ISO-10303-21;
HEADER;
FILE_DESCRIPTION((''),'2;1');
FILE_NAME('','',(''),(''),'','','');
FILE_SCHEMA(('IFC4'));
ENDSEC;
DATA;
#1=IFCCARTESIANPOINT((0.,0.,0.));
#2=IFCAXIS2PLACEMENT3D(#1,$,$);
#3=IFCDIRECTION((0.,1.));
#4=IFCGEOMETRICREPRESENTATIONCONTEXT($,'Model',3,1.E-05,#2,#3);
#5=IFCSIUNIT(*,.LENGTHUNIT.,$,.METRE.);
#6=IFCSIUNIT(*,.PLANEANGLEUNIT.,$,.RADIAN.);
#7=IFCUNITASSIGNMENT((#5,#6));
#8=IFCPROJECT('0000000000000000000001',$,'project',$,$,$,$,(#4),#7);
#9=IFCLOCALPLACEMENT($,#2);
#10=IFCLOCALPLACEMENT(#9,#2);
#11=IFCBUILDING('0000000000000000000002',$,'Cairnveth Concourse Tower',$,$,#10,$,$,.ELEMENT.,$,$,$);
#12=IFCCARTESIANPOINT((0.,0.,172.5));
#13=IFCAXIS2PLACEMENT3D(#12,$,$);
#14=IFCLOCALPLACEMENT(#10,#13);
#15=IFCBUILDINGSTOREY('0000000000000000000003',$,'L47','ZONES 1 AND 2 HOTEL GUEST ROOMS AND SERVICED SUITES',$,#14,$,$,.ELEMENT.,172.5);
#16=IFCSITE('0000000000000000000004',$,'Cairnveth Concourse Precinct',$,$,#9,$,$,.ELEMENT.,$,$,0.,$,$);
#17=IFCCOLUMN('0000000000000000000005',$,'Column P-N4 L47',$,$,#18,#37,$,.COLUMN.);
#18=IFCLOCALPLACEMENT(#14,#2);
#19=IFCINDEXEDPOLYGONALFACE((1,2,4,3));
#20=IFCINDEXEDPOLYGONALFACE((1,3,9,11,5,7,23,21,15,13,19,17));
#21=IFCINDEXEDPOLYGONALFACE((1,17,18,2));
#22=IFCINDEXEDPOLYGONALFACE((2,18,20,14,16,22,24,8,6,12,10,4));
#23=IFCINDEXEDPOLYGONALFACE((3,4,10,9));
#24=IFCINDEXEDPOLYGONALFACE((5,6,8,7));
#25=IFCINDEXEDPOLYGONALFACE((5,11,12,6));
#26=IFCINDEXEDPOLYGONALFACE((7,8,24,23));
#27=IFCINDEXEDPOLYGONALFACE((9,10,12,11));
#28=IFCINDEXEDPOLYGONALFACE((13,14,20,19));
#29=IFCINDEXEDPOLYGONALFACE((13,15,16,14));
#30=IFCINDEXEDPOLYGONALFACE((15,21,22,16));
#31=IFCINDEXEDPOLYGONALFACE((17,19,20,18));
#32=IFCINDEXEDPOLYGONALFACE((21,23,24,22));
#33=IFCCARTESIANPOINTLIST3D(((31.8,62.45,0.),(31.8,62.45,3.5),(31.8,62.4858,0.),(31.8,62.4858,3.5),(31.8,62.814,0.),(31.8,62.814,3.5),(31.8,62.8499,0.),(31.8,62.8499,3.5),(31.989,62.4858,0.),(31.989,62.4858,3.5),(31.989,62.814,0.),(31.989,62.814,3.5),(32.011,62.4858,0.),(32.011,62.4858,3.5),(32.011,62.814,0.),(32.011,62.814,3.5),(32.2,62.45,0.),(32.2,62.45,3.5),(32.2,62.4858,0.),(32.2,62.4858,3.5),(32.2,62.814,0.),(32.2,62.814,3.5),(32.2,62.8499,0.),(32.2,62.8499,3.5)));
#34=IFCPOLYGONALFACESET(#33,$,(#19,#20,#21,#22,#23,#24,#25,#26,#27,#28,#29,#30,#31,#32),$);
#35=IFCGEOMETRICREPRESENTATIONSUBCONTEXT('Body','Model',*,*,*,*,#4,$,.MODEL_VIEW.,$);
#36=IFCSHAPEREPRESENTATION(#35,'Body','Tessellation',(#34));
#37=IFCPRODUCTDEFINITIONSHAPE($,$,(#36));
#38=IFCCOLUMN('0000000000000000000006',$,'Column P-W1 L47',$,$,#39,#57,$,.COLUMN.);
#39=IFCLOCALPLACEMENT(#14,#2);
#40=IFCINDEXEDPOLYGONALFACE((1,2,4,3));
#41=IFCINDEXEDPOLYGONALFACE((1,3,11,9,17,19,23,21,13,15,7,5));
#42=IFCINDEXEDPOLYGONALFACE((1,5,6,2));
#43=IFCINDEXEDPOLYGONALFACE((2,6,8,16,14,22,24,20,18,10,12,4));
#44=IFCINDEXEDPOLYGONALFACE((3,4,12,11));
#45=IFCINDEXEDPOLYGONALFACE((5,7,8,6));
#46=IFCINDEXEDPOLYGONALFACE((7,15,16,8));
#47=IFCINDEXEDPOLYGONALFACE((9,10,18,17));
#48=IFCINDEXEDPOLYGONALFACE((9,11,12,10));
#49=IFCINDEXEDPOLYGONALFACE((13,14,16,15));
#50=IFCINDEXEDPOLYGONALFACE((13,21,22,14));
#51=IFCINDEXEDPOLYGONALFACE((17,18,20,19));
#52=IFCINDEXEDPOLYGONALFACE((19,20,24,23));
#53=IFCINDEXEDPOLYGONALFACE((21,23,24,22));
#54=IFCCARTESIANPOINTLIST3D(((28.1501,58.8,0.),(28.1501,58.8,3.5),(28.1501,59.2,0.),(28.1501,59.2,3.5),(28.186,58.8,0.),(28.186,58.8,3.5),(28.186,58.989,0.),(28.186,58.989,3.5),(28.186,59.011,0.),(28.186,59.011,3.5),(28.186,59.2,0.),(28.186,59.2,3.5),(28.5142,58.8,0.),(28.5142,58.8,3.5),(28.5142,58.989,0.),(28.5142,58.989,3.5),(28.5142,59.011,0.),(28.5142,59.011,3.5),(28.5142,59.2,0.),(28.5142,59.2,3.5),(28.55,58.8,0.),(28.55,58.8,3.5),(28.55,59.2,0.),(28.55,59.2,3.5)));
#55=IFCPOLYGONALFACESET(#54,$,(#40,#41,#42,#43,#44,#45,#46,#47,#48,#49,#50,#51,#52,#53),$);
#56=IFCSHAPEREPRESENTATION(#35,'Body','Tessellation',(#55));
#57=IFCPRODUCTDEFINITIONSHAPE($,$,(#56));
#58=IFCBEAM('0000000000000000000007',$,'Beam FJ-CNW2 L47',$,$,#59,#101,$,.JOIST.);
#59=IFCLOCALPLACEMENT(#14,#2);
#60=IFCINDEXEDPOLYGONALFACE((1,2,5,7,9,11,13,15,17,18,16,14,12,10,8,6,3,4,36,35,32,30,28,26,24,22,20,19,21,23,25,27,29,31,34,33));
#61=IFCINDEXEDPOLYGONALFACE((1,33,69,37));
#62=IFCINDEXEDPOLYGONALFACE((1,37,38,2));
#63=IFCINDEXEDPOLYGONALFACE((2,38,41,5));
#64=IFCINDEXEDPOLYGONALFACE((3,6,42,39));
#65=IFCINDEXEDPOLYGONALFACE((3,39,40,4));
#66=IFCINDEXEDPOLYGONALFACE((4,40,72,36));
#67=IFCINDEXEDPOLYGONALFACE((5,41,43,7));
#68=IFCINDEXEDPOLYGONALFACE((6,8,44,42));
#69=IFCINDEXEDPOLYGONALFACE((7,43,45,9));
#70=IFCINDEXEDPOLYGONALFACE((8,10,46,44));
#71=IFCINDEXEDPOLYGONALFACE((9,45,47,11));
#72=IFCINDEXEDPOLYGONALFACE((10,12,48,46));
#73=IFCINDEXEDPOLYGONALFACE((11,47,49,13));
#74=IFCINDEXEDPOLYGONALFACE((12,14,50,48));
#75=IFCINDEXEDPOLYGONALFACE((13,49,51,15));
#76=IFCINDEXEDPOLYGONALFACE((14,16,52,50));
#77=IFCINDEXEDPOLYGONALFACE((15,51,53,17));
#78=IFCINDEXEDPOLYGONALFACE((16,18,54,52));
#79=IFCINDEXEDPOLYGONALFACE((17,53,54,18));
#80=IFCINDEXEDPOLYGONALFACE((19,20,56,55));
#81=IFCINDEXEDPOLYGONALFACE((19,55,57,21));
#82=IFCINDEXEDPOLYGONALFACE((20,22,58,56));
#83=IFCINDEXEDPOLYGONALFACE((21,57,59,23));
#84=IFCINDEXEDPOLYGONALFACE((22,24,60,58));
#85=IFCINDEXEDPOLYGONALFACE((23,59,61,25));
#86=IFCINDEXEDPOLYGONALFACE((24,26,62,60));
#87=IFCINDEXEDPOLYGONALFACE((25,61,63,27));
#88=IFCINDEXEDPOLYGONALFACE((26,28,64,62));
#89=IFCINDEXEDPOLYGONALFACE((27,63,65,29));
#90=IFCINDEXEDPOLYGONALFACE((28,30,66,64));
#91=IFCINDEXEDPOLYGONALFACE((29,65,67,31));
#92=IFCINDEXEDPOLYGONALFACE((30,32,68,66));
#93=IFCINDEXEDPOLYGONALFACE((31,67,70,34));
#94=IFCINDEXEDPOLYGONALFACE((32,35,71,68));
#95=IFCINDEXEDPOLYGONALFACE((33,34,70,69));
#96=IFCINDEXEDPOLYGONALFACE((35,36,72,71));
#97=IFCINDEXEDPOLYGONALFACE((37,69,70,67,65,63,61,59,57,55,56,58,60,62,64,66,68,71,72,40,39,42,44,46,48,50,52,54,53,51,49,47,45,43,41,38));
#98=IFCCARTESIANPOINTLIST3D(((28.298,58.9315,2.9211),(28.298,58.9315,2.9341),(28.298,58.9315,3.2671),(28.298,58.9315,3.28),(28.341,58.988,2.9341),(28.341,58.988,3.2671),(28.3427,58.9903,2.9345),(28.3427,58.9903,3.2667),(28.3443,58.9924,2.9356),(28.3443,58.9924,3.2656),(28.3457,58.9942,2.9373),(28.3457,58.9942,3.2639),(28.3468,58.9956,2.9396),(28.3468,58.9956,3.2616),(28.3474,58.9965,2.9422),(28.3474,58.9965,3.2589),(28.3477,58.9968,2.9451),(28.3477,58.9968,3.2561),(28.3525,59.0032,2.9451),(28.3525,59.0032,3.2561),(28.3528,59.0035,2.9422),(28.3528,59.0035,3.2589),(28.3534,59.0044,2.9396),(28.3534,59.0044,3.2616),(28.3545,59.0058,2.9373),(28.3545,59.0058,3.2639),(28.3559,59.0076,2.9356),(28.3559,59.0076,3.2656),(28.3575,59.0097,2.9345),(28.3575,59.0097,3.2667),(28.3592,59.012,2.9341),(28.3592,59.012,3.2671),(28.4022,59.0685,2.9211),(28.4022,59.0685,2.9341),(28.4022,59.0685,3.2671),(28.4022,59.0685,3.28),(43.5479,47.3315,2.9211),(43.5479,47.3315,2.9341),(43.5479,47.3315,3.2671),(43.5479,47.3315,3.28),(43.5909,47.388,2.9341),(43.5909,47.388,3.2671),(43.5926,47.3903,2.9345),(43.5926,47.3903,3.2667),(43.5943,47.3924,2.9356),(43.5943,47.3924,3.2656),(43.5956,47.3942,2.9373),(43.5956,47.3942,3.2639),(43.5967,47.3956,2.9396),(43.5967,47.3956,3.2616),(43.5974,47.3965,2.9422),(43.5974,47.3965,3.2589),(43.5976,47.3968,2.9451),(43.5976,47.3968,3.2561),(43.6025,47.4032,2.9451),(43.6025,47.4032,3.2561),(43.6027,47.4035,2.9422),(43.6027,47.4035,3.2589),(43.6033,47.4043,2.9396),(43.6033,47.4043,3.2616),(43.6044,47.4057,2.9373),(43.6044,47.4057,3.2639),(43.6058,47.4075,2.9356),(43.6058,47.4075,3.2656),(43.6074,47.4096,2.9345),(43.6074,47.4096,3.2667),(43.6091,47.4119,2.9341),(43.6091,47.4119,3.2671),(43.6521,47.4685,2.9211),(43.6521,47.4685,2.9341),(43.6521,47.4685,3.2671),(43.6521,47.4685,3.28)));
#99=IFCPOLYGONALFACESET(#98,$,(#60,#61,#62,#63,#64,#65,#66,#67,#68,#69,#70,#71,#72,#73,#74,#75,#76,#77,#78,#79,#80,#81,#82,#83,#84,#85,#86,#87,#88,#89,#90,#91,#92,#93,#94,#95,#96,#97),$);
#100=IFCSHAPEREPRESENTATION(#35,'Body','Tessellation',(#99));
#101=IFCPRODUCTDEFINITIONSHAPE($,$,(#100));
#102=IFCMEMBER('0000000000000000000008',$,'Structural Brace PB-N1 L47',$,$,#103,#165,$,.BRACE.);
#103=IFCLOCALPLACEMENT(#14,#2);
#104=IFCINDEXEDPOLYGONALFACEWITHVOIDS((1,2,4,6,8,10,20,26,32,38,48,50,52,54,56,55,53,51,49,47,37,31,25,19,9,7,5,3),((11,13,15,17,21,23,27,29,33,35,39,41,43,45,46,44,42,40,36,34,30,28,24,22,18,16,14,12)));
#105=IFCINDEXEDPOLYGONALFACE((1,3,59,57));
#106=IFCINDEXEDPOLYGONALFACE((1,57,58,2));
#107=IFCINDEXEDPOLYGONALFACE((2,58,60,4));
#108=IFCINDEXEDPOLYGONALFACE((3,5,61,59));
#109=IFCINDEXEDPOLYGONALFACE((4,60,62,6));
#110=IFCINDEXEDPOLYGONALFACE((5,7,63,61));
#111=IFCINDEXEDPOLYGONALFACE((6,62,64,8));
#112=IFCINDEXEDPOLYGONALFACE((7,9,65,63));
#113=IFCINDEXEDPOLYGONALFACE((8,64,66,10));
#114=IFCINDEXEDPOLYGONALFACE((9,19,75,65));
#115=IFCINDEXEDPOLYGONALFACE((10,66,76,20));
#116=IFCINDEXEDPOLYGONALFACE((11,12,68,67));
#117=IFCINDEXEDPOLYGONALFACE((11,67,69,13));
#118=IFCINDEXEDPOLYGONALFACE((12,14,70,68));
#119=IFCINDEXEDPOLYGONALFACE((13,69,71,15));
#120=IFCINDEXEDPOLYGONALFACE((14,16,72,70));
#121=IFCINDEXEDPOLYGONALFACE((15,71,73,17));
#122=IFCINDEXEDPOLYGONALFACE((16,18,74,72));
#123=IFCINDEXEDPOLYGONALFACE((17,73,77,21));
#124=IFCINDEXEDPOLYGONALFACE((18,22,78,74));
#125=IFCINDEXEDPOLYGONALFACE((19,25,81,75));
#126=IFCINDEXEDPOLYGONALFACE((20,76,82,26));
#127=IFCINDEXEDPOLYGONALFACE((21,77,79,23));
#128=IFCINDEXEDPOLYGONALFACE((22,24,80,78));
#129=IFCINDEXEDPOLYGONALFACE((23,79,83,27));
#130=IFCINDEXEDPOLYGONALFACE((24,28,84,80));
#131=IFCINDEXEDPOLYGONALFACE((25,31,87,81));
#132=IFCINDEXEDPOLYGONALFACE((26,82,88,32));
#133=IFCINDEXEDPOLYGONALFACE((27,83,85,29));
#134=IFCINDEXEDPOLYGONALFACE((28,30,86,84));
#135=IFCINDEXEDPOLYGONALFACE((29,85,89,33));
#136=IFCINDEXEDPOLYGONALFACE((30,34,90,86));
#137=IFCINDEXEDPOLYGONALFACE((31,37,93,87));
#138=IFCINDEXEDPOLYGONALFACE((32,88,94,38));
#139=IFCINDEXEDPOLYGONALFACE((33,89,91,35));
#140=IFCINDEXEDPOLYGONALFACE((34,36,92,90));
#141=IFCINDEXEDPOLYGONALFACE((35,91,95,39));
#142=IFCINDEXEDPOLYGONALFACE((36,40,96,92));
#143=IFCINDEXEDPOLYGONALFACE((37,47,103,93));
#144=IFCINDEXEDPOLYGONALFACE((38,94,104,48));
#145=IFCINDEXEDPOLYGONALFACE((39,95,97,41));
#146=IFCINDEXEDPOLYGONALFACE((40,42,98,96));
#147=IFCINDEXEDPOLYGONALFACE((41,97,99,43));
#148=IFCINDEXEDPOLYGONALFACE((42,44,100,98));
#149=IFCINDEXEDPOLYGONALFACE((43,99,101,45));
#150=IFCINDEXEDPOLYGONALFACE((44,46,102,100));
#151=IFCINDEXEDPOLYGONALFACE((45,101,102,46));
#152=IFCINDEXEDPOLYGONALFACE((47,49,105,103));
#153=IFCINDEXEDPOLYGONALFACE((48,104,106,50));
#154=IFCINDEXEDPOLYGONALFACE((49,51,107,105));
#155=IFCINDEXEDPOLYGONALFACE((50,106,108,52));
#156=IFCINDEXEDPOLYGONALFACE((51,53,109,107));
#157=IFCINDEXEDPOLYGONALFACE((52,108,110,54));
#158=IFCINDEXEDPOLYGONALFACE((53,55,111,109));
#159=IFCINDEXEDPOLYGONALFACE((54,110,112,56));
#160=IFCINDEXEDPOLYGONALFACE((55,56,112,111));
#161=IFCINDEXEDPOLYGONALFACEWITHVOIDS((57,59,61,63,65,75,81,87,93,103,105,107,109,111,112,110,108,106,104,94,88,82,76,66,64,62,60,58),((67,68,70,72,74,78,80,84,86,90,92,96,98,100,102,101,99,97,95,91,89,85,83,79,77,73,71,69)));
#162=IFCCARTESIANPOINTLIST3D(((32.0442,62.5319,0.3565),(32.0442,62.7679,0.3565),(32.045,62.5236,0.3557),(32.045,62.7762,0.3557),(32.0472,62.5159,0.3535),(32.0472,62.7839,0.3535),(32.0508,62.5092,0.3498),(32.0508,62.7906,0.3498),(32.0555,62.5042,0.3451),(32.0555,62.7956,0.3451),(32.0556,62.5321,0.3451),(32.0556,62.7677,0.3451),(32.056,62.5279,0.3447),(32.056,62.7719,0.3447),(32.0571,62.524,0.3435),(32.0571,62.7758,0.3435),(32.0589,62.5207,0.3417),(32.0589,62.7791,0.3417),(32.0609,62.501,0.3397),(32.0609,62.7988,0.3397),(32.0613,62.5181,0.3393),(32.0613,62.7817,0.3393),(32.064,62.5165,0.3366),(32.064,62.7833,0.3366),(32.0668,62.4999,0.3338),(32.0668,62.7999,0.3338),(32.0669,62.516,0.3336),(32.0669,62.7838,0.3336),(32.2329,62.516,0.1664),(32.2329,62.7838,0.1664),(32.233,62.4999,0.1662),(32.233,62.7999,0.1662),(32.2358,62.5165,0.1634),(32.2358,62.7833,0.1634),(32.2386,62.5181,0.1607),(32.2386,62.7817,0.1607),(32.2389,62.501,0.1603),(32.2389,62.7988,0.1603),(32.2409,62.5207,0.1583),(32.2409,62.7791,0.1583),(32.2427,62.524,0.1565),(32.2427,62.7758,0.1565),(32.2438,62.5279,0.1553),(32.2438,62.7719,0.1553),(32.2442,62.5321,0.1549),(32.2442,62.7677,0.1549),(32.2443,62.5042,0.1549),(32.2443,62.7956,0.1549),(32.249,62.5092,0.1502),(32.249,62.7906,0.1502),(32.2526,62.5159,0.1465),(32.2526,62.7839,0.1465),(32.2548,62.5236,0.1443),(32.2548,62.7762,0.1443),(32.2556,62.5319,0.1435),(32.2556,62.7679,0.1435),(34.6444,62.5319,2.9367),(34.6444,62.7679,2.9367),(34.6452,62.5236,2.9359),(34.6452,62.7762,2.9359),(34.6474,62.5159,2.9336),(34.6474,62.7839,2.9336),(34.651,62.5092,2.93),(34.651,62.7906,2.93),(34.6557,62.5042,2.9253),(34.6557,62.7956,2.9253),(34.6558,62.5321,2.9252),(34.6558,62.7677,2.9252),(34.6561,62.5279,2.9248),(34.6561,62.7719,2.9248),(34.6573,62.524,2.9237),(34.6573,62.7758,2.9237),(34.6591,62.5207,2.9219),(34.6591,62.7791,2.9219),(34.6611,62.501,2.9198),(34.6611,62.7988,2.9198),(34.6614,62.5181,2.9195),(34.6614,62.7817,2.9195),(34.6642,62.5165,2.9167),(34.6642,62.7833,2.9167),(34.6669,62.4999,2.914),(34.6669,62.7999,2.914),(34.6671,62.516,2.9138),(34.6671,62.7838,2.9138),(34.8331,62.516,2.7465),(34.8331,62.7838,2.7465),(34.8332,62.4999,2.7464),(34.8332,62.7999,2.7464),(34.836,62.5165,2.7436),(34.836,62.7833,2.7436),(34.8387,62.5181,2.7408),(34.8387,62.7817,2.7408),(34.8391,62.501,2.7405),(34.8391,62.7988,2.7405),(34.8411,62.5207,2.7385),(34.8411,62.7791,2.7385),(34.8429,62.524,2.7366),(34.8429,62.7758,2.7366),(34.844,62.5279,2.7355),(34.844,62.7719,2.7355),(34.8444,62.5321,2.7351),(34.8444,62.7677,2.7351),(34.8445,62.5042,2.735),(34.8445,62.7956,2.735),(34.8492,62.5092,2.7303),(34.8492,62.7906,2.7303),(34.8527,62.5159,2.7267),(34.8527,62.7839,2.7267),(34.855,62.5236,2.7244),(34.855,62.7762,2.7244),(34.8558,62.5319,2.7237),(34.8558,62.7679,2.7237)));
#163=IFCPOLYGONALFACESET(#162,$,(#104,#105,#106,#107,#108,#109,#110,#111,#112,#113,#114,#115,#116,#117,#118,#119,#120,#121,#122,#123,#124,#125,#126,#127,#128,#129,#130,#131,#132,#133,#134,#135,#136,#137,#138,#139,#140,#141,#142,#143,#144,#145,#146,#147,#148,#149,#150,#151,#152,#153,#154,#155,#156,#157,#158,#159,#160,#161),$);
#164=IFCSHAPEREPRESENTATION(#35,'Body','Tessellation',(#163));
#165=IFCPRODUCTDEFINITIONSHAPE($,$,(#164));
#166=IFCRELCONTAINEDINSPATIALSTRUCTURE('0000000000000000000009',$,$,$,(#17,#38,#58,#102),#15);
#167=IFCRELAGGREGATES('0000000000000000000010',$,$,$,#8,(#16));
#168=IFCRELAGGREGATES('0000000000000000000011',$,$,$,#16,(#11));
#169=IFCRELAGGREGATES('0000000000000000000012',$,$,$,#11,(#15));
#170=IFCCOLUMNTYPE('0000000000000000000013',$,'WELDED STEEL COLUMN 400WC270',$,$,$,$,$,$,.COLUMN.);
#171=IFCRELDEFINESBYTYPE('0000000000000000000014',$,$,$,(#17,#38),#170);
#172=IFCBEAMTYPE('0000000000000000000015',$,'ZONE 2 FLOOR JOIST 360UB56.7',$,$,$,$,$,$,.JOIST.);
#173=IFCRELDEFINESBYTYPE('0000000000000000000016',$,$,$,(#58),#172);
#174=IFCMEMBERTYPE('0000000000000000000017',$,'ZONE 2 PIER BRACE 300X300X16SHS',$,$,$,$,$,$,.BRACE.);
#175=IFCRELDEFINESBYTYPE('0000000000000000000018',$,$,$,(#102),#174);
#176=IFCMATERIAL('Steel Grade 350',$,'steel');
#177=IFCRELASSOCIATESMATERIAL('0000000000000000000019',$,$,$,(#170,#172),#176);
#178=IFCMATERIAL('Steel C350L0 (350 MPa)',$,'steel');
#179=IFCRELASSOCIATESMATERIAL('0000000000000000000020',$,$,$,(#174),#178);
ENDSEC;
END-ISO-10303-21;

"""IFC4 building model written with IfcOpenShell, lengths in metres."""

from ifc_helpers import new_model, si_unit, direction, frame, origin, origin_2d, place, context, subcontext, project, spatial, hollow_rectangle, i_section, extrude, material, material_profile, profile_set, type_object, element, save


model = new_model("IFC4")

# Units and contexts
model_context = context("Model", 3, precision=1e-05, world=origin(), true_north=direction((0.0, 1.0)))
body_context = subcontext(model_context, "Body", "Model", "MODEL_VIEW")
ifc_project = project(units=[si_unit("LENGTHUNIT", "METRE"), si_unit("PLANEANGLEUNIT", "RADIAN")], contexts=[model_context])

# Site, building, storey
site_placement = place(None, origin())
site = spatial("IfcSite", under=ifc_project, at=site_placement, Name="Cairnveth Concourse Precinct", CompositionType="ELEMENT", RefElevation=0.0)
building_placement = place(site_placement, origin())
building = spatial("IfcBuilding", under=site, at=building_placement, Name="Cairnveth Concourse Tower", CompositionType="ELEMENT")
storey_placement = place(building_placement, frame((0.0, 0.0, 172.5)))
storey = spatial("IfcBuildingStorey", under=building, at=storey_placement, Name="L47", Description="ZONES 1 AND 2 HOTEL GUEST ROOMS AND SERVICED SUITES", CompositionType="ELEMENT", Elevation=172.5)

# Columns
ifc_material_1 = material(Name="Steel Grade 350", Category="steel")
ifc_material_profile_1 = material_profile(ifc_material_1, i_section(OverallWidth=0.3999, OverallDepth=0.3999, WebThickness=0.022, FlangeThickness=0.0359, at=origin_2d()), Name="400WC270")
ifc_profile_set_1 = profile_set([ifc_material_profile_1], Name="Steel Grade 350")
column_type = type_object("IfcColumnType", Name="WELDED STEEL COLUMN 400WC270", PredefinedType="COLUMN", material=ifc_profile_set_1)
for number, where, z_axis, x_axis, name in (
    (1, (32.0, 62.6499, 0.0), (0.0, 0.0, 1.0), (1.0, 0.0, 0.0), "Column P-N4 L47"),
    (2, (28.3501, 59.0, 0.0), (0.0, 0.0, 1.0), (0.0, 1.0, 0.0), "Column P-W1 L47"),
):
    element("IfcColumn", number, at=place(storey_placement, frame(where, z_axis=z_axis, x_axis=x_axis)), inside=storey, type_object=column_type, Name=name, PredefinedType="COLUMN", context=body_context, shape_type="SweptSolid", body=[
        extrude(i_section(OverallWidth=0.3999, OverallDepth=0.3999, WebThickness=0.022, FlangeThickness=0.0359, at=origin_2d()), origin(), (0.0, 0.0, 1.0), 3.5),
    ])

# Beam
ifc_material_profile_2 = material_profile(ifc_material_1, i_section(OverallWidth=0.1721, OverallDepth=0.3589, WebThickness=0.0081, FlangeThickness=0.0129, FilletRadius=0.011, at=origin_2d()), Name="360UB56.7")
ifc_profile_set_2 = profile_set([ifc_material_profile_2], Name="Steel Grade 350")
beam_type_1 = type_object("IfcBeamType", Name="ZONE 2 FLOOR JOIST 360UB56.7", PredefinedType="JOIST", material=ifc_profile_set_2)
beam_1_placement = place(storey_placement, frame((28.3501, 59.0, 3.1006), z_axis=(0.795908, -0.605417, 0.0), x_axis=(0.605417, 0.795908, 0.0)))
element("IfcBeam", 3, at=beam_1_placement, inside=storey, type_object=beam_type_1, Name="Beam FJ-CNW2 L47", PredefinedType="JOIST", context=body_context, shape_type="SweptSolid", body=[
    extrude(i_section(OverallWidth=0.1721, OverallDepth=0.3589, WebThickness=0.0081, FlangeThickness=0.0129, FilletRadius=0.011, at=origin_2d()), origin(), (0.0, 0.0, 1.0), 19.1604),
])

# Member
ifc_material_2 = material(Name="Steel C350L0 (350 MPa)", Category="steel")
ifc_material_profile_3 = material_profile(ifc_material_2, hollow_rectangle(XDim=0.3, YDim=0.3, WallThickness=0.0161, InnerFilletRadius=0.0161, OuterFilletRadius=0.032, at=origin_2d()), Name="300x300x16.0SHS")
ifc_profile_set_3 = profile_set([ifc_material_profile_3], Name="Steel C350L0 (350 MPa)")
member_type = type_object("IfcMemberType", Name="ZONE 2 PIER BRACE 300X300X16SHS", PredefinedType="BRACE", material=ifc_profile_set_3)
for number, where, z_axis, x_axis, name in (
    (4, (32.1499, 62.6499, 0.25), (0.709834, 0.0, 0.704369), (0.0, 1.0, 0.0), "Structural Brace PB-N1 L47"),
):
    element("IfcMember", number, at=place(storey_placement, frame(where, z_axis=z_axis, x_axis=x_axis)), inside=storey, type_object=member_type, Name=name, PredefinedType="BRACE", context=body_context, shape_type="SweptSolid", body=[
        extrude(hollow_rectangle(XDim=0.3, YDim=0.3, WallThickness=0.0161, InnerFilletRadius=0.0161, OuterFilletRadius=0.032, at=origin_2d()), origin(), (0.0, 0.0, 1.0), 3.6631),
    ])

save(model, "model.ifc")
